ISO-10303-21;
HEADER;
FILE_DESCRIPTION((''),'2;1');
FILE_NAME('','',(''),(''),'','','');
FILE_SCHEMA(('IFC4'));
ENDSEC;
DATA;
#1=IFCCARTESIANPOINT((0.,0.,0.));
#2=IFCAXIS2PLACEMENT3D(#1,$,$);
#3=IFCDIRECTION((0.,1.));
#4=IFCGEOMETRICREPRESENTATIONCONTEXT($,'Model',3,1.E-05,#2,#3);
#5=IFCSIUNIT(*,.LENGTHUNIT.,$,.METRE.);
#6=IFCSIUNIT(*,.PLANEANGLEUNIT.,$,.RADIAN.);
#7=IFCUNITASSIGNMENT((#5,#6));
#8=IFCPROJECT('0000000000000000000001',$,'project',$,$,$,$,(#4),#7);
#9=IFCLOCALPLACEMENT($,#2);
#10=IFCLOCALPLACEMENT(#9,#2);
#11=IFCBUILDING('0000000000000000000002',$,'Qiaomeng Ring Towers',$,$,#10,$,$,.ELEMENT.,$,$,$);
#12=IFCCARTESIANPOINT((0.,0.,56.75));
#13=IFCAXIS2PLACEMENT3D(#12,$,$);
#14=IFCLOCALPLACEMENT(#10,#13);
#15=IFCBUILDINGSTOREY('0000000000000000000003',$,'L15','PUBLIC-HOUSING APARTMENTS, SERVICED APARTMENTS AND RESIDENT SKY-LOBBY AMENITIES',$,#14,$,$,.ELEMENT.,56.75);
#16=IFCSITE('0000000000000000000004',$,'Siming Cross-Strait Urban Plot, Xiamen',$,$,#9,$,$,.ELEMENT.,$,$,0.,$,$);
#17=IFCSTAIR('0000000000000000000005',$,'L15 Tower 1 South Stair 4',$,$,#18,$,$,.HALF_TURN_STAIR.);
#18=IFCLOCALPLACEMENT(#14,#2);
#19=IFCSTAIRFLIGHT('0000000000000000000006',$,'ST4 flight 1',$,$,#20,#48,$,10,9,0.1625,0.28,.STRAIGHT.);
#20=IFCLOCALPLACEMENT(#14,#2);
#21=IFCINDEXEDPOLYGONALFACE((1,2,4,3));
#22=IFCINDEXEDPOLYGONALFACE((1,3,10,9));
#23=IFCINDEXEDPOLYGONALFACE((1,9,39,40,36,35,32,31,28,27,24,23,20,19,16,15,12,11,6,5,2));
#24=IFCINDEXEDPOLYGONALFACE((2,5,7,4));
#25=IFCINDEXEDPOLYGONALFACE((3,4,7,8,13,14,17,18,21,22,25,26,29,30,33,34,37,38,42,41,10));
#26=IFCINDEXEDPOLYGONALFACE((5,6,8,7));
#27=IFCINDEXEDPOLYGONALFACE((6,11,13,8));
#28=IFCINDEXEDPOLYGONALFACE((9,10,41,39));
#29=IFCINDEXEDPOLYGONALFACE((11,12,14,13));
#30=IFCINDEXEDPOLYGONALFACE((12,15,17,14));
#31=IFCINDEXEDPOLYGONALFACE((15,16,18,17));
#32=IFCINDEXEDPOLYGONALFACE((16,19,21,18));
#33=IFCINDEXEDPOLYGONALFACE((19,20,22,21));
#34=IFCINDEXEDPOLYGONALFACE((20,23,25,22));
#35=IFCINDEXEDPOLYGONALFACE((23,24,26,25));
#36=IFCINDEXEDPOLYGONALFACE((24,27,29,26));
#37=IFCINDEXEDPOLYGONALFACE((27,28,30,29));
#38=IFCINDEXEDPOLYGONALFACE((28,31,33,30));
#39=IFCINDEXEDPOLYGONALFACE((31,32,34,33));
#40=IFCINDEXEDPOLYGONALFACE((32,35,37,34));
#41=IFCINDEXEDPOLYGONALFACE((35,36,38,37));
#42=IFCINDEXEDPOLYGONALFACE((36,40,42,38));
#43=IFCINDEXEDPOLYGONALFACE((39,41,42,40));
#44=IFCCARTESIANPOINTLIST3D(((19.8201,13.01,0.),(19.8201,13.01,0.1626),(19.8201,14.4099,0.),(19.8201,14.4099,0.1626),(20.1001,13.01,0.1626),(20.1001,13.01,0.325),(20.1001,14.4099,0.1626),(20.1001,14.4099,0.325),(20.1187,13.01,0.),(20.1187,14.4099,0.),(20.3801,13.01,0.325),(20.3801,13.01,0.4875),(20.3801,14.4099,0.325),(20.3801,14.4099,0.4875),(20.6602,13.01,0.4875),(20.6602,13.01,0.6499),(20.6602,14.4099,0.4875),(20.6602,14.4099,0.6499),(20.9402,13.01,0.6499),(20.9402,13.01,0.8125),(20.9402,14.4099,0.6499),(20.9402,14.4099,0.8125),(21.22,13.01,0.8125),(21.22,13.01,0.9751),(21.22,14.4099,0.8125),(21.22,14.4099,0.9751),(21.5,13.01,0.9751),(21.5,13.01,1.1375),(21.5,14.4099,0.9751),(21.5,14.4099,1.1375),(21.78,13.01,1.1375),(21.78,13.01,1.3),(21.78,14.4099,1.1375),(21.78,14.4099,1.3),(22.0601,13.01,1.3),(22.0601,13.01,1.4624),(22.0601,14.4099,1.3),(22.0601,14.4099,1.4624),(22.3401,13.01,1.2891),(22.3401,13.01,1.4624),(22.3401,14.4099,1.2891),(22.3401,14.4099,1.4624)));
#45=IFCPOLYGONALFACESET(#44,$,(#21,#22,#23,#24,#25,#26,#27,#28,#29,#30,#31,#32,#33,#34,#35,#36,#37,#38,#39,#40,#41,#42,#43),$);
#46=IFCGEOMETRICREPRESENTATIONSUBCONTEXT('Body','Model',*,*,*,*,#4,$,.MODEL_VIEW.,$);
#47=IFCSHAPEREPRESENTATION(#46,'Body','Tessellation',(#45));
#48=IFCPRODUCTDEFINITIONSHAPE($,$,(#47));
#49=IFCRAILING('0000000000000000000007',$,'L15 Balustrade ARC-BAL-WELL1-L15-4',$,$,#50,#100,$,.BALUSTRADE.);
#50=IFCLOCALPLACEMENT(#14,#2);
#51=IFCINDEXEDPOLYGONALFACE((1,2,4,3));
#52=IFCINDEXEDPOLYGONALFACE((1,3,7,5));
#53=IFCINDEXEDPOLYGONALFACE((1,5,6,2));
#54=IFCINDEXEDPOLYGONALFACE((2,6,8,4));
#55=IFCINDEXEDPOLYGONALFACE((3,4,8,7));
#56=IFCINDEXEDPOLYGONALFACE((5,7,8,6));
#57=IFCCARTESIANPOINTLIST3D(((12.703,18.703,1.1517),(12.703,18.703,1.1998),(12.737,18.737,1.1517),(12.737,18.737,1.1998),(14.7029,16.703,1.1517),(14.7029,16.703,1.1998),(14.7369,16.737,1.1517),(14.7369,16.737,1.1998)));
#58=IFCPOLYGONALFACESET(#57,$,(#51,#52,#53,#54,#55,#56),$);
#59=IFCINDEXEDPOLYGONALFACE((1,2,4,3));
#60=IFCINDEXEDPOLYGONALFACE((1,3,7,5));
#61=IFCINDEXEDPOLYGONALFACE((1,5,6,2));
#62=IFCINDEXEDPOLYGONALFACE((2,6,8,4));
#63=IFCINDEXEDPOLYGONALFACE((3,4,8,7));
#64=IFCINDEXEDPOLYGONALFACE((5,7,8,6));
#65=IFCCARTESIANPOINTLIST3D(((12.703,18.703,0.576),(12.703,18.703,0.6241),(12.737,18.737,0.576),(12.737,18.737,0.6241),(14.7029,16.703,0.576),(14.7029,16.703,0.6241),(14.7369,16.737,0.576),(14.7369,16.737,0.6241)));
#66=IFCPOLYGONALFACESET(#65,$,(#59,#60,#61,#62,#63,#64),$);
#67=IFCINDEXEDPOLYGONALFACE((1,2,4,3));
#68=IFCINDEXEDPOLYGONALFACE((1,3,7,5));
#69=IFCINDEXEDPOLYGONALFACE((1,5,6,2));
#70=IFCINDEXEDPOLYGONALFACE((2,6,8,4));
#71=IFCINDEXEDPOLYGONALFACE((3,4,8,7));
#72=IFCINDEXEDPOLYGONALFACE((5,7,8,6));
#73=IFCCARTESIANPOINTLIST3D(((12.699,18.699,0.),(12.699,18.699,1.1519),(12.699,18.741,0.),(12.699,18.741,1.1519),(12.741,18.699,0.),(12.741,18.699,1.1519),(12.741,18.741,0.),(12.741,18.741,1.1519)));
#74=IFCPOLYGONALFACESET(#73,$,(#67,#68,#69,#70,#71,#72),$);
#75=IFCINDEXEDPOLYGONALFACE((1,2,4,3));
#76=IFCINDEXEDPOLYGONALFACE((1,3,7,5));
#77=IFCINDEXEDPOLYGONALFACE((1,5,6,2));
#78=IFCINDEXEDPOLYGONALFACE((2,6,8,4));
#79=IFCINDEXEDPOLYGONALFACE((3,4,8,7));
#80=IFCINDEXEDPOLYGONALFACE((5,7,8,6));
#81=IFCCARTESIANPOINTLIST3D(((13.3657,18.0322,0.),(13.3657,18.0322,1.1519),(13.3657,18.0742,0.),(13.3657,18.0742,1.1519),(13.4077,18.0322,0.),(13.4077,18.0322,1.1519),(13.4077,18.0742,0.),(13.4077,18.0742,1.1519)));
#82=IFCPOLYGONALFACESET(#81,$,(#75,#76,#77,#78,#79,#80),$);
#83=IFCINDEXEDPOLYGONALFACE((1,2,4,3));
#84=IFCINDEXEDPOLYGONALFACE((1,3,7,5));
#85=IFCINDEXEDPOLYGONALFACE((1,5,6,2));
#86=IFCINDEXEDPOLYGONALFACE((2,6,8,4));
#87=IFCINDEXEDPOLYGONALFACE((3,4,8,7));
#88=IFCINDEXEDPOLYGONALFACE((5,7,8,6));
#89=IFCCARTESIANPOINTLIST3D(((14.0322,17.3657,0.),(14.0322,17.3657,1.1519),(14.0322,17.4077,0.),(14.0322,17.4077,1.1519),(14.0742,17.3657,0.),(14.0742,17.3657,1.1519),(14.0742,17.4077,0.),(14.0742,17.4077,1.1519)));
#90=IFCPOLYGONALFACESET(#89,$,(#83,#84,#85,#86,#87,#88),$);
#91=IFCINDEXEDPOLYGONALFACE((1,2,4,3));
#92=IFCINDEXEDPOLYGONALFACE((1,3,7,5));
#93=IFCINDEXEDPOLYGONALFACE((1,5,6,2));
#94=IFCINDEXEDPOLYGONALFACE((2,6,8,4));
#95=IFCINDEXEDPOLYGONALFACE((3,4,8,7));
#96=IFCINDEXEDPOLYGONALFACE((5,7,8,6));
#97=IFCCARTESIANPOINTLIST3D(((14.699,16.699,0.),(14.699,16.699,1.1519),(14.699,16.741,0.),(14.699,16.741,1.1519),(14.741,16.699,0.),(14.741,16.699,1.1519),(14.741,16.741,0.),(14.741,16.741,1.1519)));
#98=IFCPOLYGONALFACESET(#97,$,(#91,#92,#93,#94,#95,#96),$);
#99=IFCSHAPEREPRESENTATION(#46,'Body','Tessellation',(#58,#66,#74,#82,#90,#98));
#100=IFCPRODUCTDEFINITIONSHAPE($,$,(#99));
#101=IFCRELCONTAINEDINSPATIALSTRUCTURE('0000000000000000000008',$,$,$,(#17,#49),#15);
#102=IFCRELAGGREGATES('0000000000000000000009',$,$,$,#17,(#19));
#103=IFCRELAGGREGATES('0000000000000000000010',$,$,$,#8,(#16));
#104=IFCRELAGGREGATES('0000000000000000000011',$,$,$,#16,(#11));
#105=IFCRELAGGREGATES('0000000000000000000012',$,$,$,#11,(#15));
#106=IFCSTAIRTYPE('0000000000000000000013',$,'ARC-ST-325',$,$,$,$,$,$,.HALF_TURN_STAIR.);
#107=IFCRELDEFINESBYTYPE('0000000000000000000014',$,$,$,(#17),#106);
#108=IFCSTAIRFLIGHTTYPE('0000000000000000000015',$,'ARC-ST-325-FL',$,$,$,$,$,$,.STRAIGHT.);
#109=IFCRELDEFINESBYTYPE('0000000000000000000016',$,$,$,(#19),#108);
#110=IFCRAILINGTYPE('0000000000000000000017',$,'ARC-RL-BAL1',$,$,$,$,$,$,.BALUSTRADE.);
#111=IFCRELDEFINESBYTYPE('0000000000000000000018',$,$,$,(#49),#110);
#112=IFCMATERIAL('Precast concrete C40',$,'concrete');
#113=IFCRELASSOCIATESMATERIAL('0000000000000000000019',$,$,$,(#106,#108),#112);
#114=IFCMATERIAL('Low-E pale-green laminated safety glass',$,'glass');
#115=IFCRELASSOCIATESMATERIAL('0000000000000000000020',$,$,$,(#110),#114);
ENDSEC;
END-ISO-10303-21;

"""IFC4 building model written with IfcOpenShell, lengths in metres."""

from ifc_helpers import new_model, si_unit, direction, frame, origin, origin_2d, place, context, subcontext, project, spatial, polyline, rectangle, outline, extrude, source, transform, mapped, material, type_object, element, aggregate, save


model = new_model("IFC4")

# Units and contexts
model_context = context("Model", 3, precision=1e-05, world=origin(), true_north=direction((0.0, 1.0)))
body_context = subcontext(model_context, "Body", "Model", "MODEL_VIEW")
ifc_project = project(units=[si_unit("LENGTHUNIT", "METRE"), si_unit("PLANEANGLEUNIT", "RADIAN")], contexts=[model_context])

# Site, building, storey
site_placement = place(None, origin())
site = spatial("IfcSite", under=ifc_project, at=site_placement, Name="Siming Cross-Strait Urban Plot, Xiamen", CompositionType="ELEMENT", RefElevation=0.0)
building_placement = place(site_placement, origin())
building = spatial("IfcBuilding", under=site, at=building_placement, Name="Qiaomeng Ring Towers", CompositionType="ELEMENT")
storey_placement = place(building_placement, frame((0.0, 0.0, 56.75)))
storey = spatial("IfcBuildingStorey", under=building, at=storey_placement, Name="L15", Description="PUBLIC-HOUSING APARTMENTS, SERVICED APARTMENTS AND RESIDENT SKY-LOBBY AMENITIES", CompositionType="ELEMENT", Elevation=56.75)

# Stair, stair flight
ifc_material_1 = material(Name="Precast concrete C40", Category="concrete")
stair_type = type_object("IfcStairType", Name="ARC-ST-325", PredefinedType="HALF_TURN_STAIR", material=ifc_material_1)
stair_flight_type = type_object("IfcStairFlightType", Name="ARC-ST-325-FL", PredefinedType="STRAIGHT", material=ifc_material_1)
shared_shape_1 = source(origin(), body_context, "Body", "SweptSolid", [
    extrude(outline(polyline([(0.0, 0.0), (0.0, 0.1626), (0.28, 0.1626), (0.28, 0.325), (0.5601, 0.325), (0.5601, 0.4875), (0.8401, 0.4875), (0.8401, 0.6499), (1.1201, 0.6499), (1.1201, 0.8125), (1.3999, 0.8125), (1.3999, 0.9751), (1.6799, 0.9751), (1.6799, 1.1375), (1.96, 1.1375), (1.96, 1.3), (2.24, 1.3), (2.24, 1.4624), (2.52, 1.4624), (2.52, 1.625), (2.52, 1.2891), (0.2986, 0.0), (0.0, 0.0)])), frame((0.0, 0.7, 0.0), z_axis=(0.0, -1.0, 0.0), x_axis=(1.0, 0.0, 0.0)), (0.0, 0.0, 1.0), 1.3999),
])
stair_1_placement = place(storey_placement, origin())
stair_1 = element("IfcStair", 1, at=stair_1_placement, inside=storey, type_object=stair_type, Name="L15 Tower 1 South Stair 4", PredefinedType="HALF_TURN_STAIR")
stair_flight_1_placement = place(storey_placement, frame((19.8201, 13.71, 0.0), z_axis=(0.0, 0.0, 1.0), x_axis=(1.0, 0.0, 0.0)))
stair_flight_1 = element("IfcStairFlight", 2, at=stair_flight_1_placement, type_object=stair_flight_type, Name="ST4 flight 1", NumberOfRisers=10, NumberOfTreads=9, PredefinedType="STRAIGHT", RiserHeight=0.1625, TreadLength=0.28, context=body_context, shape_type="MappedRepresentation", body=[
    mapped(shared_shape_1, transform((0.0, 0.0, 0.0), x_axis=(1.0, 0.0, 0.0), y_axis=(0.0, 1.0, 0.0), z_axis=(0.0, 0.0, 1.0), scale=1.0)),
])
aggregate(stair_1, [stair_flight_1])

# Railing
ifc_material_2 = material(Name="Low-E pale-green laminated safety glass", Category="glass")
railing_type_1 = type_object("IfcRailingType", Name="ARC-RL-BAL1", PredefinedType="BALUSTRADE", material=ifc_material_2)
railing_1_placement = place(storey_placement, frame((12.72, 18.72, 0.0)))
element("IfcRailing", 3, at=railing_1_placement, inside=storey, type_object=railing_type_1, Name="L15 Balustrade ARC-BAL-WELL1-L15-4", PredefinedType="BALUSTRADE", context=body_context, shape_type="SweptSolid", body=[
    extrude(rectangle(XDim=0.0481, YDim=0.0481, at=origin_2d()), frame((0.0, 0.0, 1.1758), z_axis=(0.707107, -0.707107, 0.0), x_axis=(0.707107, 0.707107, 0.0)), (0.0, 0.0, 1.0), 2.8284),
    extrude(rectangle(XDim=0.0481, YDim=0.0481, at=origin_2d()), frame((0.0, 0.0, 0.6001), z_axis=(0.707107, -0.707107, 0.0), x_axis=(0.707107, 0.707107, 0.0)), (0.0, 0.0, 1.0), 2.8284),
    extrude(rectangle(XDim=0.042, YDim=0.042, at=origin_2d()), origin(), (0.0, 0.0, 1.0), 1.1519),
    extrude(rectangle(XDim=0.042, YDim=0.042, at=origin_2d()), frame((0.6667, -0.6667, 0.0)), (0.0, 0.0, 1.0), 1.1519),
    extrude(rectangle(XDim=0.042, YDim=0.042, at=origin_2d()), frame((1.3333, -1.3333, 0.0)), (0.0, 0.0, 1.0), 1.1519),
    extrude(rectangle(XDim=0.042, YDim=0.042, at=origin_2d()), frame((2.0, -2.0, 0.0)), (0.0, 0.0, 1.0), 1.1519),
])

save(model, "model.ifc")
